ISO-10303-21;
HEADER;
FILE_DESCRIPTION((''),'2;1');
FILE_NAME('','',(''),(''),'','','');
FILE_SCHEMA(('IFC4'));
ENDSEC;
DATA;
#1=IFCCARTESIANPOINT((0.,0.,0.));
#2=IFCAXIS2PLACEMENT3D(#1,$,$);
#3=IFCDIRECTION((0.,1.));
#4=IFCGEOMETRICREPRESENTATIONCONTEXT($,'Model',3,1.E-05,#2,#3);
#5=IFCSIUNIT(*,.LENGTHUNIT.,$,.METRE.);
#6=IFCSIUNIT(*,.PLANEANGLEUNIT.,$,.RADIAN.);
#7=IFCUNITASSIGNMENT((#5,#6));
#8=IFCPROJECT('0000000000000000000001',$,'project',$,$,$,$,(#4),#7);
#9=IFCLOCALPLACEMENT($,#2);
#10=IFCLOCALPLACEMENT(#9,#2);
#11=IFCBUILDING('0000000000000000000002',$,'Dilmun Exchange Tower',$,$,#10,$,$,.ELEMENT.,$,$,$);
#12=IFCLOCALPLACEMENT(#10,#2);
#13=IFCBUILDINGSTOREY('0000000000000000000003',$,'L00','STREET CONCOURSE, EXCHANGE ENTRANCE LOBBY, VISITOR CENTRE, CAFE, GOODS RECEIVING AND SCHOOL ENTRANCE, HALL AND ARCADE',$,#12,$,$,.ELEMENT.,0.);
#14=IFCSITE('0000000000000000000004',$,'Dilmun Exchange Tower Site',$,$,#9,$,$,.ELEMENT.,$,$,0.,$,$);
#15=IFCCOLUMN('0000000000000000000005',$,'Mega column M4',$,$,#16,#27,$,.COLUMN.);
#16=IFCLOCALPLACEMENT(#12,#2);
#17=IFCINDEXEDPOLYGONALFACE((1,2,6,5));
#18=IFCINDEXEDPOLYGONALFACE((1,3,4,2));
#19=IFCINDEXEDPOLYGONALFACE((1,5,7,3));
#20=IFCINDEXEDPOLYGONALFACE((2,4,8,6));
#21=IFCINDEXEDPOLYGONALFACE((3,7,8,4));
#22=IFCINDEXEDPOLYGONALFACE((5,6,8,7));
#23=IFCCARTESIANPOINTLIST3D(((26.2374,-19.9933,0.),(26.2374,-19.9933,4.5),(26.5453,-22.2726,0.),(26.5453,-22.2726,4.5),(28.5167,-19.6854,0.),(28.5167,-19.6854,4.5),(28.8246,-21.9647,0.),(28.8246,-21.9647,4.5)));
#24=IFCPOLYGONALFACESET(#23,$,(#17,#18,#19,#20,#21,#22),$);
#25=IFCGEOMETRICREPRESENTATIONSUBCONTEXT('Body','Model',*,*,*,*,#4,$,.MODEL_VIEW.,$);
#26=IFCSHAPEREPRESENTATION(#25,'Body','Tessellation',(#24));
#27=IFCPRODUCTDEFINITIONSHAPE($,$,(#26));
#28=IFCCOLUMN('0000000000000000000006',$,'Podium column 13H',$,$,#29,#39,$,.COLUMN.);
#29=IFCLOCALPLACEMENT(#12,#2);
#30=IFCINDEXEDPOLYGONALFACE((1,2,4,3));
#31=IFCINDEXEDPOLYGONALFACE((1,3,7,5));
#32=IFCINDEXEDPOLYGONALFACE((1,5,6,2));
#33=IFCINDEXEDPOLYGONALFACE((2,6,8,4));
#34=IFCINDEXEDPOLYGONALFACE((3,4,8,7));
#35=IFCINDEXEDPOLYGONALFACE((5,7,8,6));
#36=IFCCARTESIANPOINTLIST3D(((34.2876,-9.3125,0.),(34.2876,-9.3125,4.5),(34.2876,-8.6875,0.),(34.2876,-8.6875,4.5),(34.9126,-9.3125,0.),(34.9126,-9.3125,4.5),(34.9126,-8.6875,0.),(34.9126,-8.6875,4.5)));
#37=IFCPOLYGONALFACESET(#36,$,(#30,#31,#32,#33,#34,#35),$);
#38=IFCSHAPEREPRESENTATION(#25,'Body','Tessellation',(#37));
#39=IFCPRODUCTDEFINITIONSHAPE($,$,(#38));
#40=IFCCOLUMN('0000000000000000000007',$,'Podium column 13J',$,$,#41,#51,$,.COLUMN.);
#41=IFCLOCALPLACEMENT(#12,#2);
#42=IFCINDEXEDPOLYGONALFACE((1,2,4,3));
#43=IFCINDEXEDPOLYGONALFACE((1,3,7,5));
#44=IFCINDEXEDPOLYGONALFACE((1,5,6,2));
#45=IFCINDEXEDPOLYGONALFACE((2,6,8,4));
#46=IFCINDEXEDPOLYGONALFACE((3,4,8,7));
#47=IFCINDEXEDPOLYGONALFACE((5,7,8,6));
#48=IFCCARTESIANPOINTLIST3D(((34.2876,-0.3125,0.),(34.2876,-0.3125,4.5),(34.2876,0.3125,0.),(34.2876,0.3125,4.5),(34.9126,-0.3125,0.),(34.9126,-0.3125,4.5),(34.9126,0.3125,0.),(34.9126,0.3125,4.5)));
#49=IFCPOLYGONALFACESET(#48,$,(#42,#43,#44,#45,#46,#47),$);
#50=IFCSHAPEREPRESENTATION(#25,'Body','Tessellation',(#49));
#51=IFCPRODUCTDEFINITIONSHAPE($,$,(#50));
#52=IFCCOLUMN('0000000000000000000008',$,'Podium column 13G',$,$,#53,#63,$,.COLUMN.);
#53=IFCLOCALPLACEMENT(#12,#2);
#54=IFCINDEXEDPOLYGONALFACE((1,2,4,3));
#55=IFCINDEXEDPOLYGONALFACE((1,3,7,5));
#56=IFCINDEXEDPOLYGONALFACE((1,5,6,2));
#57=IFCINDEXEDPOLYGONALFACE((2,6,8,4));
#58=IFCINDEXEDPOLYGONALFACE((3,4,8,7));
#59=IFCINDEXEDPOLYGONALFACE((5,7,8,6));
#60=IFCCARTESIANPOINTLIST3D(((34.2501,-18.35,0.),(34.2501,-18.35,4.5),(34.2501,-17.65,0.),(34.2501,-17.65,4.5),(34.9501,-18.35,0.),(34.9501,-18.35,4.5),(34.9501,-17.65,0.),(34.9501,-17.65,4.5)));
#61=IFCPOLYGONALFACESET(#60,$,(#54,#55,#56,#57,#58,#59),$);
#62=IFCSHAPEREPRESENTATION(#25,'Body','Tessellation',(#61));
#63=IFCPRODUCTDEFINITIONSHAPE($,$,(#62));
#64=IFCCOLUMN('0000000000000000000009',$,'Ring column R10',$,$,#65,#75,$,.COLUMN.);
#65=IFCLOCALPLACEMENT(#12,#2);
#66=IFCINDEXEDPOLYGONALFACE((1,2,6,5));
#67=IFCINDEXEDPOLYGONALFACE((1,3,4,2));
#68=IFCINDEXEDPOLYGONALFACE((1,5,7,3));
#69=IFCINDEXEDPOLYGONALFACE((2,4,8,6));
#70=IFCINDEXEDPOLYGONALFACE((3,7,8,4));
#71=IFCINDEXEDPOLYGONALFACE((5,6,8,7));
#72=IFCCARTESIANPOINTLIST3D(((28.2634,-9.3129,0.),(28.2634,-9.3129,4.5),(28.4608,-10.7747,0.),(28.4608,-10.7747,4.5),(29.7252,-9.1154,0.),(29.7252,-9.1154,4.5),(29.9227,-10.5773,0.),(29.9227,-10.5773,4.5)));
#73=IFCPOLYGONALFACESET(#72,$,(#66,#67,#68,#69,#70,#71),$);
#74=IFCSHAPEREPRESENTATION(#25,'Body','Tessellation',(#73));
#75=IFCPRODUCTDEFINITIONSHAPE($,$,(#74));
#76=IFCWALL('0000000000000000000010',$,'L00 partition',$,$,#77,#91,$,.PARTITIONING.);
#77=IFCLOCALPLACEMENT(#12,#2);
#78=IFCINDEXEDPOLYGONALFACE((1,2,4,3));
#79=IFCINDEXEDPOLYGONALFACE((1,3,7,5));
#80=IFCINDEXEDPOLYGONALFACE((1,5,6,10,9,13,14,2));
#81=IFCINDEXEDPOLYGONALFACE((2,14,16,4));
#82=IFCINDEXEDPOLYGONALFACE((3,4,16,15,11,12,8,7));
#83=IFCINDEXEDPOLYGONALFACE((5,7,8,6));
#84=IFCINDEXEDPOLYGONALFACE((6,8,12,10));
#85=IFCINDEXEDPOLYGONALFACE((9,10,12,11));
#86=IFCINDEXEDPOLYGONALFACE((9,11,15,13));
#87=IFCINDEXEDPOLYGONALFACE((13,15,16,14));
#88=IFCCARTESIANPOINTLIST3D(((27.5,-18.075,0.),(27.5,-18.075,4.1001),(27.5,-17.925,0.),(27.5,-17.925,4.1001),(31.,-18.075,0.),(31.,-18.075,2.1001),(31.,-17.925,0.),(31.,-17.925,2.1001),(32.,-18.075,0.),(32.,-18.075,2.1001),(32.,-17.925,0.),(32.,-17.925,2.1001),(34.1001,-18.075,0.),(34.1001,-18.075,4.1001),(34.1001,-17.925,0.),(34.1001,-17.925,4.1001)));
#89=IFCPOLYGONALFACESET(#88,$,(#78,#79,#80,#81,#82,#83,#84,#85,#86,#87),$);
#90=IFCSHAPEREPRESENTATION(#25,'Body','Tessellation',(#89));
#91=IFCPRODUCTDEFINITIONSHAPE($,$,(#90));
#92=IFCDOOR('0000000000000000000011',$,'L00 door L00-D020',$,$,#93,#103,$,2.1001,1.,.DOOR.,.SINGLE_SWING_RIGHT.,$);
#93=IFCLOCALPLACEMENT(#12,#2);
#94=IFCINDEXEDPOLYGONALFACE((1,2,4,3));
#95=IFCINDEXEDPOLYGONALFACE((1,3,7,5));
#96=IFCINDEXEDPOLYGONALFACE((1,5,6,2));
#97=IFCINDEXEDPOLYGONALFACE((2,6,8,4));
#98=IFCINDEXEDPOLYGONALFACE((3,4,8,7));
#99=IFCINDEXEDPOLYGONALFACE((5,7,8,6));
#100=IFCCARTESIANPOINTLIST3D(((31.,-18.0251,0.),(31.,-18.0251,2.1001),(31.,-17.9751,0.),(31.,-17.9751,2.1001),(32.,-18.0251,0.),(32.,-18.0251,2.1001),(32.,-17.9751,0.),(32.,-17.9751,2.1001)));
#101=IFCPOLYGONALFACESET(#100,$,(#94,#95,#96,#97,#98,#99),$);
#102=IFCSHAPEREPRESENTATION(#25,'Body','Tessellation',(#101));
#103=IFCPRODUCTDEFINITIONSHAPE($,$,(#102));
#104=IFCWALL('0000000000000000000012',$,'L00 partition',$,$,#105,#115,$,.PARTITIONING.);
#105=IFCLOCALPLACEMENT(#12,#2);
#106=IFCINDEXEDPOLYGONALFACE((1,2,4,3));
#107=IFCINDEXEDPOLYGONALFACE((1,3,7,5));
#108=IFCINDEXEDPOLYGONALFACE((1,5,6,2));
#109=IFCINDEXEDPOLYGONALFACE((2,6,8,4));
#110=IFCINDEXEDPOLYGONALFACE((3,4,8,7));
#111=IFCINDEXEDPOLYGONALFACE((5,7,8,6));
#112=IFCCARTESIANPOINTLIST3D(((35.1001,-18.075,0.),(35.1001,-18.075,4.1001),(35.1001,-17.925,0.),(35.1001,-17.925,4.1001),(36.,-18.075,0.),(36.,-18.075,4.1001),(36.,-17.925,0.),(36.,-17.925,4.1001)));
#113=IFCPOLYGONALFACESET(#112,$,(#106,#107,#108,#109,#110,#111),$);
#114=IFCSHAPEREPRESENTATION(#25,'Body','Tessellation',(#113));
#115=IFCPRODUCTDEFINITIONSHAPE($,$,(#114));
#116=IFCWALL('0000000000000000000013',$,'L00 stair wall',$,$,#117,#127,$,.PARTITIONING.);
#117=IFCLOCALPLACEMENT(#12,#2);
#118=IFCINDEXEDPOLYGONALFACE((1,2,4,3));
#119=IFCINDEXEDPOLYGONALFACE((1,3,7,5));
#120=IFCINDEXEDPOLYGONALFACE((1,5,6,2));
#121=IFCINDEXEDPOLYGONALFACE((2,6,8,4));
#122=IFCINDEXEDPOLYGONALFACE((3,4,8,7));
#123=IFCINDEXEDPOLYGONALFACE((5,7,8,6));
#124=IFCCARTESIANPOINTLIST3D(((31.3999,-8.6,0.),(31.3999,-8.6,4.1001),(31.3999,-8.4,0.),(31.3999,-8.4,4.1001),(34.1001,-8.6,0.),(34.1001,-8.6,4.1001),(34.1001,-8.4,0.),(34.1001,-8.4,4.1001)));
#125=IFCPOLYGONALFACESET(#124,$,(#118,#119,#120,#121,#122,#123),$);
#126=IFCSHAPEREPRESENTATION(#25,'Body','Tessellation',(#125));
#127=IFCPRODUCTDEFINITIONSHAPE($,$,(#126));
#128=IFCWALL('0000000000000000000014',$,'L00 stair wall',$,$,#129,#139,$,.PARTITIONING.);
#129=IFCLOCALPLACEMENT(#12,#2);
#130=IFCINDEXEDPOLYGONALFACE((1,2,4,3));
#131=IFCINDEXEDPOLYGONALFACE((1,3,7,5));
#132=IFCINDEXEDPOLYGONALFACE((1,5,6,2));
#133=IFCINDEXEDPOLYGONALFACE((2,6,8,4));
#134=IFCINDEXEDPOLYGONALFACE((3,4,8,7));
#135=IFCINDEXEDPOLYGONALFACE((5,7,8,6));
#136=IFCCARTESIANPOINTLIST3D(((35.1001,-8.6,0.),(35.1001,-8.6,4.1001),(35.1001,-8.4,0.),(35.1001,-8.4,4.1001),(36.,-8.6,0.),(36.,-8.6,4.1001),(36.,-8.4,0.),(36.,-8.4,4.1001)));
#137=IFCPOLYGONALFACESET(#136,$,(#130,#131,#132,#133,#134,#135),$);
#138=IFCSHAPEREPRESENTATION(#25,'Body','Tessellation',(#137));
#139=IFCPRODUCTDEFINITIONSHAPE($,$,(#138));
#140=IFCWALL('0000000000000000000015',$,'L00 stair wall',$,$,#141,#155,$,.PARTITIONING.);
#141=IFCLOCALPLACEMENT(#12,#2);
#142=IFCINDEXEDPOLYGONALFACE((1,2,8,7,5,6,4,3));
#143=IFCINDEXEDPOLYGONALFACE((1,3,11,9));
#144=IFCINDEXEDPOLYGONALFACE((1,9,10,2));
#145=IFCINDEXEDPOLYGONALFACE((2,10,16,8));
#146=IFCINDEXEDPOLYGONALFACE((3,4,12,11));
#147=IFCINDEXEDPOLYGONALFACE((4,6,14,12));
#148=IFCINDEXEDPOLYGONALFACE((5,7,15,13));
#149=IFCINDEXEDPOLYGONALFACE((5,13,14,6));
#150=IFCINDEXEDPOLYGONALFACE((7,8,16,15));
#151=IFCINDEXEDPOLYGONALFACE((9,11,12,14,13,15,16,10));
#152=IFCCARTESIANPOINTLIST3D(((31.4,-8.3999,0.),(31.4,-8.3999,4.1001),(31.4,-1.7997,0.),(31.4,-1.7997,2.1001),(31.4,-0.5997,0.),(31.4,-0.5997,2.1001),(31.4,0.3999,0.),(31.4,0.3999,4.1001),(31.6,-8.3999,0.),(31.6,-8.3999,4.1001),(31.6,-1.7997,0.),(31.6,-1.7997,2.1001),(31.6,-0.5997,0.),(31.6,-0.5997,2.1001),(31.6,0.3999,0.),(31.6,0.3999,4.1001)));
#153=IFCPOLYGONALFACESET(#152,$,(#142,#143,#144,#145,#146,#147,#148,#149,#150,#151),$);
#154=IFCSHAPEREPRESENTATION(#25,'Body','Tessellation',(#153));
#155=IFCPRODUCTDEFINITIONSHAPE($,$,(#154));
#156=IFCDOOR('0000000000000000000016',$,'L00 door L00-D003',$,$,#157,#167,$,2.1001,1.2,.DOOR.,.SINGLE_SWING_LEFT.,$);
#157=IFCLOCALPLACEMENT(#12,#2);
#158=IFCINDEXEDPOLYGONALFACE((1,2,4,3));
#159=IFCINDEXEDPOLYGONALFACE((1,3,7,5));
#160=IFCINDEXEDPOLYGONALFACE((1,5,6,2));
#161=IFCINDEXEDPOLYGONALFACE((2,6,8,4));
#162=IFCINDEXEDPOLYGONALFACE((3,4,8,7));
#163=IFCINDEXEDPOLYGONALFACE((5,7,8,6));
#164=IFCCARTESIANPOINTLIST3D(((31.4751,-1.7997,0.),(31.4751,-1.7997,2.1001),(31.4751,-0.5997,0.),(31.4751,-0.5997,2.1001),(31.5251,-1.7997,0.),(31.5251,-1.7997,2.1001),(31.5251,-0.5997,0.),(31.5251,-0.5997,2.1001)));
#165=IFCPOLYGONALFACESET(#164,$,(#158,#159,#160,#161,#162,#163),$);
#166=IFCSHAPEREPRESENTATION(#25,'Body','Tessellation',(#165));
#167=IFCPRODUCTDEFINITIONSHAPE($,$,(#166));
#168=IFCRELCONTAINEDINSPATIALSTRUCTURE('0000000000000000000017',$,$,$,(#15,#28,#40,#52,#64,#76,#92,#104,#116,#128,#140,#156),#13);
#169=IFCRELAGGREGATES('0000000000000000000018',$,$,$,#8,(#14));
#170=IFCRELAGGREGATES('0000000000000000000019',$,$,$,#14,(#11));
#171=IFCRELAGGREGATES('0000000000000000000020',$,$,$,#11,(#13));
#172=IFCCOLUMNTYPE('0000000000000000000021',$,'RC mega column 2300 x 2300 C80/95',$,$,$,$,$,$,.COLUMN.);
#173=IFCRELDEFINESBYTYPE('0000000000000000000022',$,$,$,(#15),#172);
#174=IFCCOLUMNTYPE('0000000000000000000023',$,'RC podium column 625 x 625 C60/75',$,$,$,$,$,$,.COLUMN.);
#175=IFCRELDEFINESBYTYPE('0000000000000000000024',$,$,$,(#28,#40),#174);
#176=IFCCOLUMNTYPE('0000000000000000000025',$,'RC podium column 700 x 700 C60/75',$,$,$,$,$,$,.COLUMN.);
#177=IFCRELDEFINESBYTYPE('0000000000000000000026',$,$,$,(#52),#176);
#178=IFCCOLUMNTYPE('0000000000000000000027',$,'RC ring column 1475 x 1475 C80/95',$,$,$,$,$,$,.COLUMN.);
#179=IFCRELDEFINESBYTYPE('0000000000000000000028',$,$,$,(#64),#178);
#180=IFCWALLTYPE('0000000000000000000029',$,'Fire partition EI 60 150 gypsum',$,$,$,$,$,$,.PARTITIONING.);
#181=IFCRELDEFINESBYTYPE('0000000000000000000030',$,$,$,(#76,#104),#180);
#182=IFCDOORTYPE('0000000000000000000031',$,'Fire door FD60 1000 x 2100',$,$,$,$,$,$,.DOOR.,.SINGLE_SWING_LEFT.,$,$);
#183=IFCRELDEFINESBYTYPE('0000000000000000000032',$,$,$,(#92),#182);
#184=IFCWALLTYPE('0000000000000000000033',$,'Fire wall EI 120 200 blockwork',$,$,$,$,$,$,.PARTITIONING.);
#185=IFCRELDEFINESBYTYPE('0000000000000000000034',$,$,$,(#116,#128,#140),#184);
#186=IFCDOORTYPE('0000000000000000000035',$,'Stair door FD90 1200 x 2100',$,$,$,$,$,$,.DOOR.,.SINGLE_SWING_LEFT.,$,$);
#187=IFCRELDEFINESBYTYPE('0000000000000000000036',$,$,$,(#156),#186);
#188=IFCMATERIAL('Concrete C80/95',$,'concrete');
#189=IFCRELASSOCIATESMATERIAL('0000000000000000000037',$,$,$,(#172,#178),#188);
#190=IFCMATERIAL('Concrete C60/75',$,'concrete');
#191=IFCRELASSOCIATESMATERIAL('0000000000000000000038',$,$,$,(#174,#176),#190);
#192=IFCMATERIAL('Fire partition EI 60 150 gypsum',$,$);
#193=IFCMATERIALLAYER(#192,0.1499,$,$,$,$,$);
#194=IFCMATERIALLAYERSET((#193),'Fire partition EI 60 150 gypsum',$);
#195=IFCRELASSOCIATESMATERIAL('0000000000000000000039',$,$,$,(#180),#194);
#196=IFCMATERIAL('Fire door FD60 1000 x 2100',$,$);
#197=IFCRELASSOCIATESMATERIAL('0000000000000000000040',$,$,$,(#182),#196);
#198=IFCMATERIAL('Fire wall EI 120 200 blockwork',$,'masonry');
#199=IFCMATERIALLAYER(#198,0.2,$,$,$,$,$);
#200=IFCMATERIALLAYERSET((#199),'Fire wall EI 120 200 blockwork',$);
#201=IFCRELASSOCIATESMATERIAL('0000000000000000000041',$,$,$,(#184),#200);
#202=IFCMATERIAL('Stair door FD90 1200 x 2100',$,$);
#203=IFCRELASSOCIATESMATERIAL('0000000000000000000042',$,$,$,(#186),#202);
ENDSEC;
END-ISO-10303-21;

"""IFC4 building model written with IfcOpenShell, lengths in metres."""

from ifc_helpers import new_model, si_unit, direction, frame, frame_2d, origin, origin_2d, place, context, subcontext, project, spatial, rectangle, extrude, material, layer, layer_set, material_profile, profile_set, type_object, element, fill, save


model = new_model("IFC4")

# Units and contexts
model_context = context("Model", 3, precision=1e-05, world=origin(), true_north=direction((0.0, 1.0)))
body_context = subcontext(model_context, "Body", "Model", "MODEL_VIEW")
ifc_project = project(units=[si_unit("LENGTHUNIT", "METRE"), si_unit("PLANEANGLEUNIT", "RADIAN")], contexts=[model_context])

# Site, building, storey
site_placement = place(None, origin())
site = spatial("IfcSite", under=ifc_project, at=site_placement, Name="Dilmun Exchange Tower Site", CompositionType="ELEMENT", RefElevation=0.0)
building_placement = place(site_placement, origin())
building = spatial("IfcBuilding", under=site, at=building_placement, Name="Dilmun Exchange Tower", CompositionType="ELEMENT")
storey_placement = place(building_placement, origin())
storey = spatial("IfcBuildingStorey", under=building, at=storey_placement, Name="L00", Description="STREET CONCOURSE, EXCHANGE ENTRANCE LOBBY, VISITOR CENTRE, CAFE, GOODS RECEIVING AND SCHOOL ENTRANCE, HALL AND ARCADE", CompositionType="ELEMENT", Elevation=0.0)

# Columns
ifc_material_1 = material(Name="Concrete C80/95", Category="concrete")
ifc_material_profile_1 = material_profile(ifc_material_1, rectangle(XDim=2.3, YDim=2.3, at=origin_2d()), Name="2300 x 2300")
ifc_profile_set_1 = profile_set([ifc_material_profile_1], Name="Concrete C80/95")
column_type_1 = type_object("IfcColumnType", Name="RC mega column 2300 x 2300 C80/95", PredefinedType="COLUMN", material=ifc_profile_set_1)
column_1_placement = place(storey_placement, frame((27.531, -20.979, 0.0), z_axis=(0.0, 0.0, 1.0), x_axis=(0.991001, 0.133853, 0.0)))
element("IfcColumn", 1, at=column_1_placement, inside=storey, type_object=column_type_1, Name="Mega column M4", PredefinedType="COLUMN", context=body_context, shape_type="SweptSolid", body=[
    extrude(rectangle(XDim=2.3, YDim=2.3, at=origin_2d()), origin(), (0.0, 0.0, 1.0), 4.5),
])
ifc_material_2 = material(Name="Concrete C60/75", Category="concrete")
ifc_material_profile_2 = material_profile(ifc_material_2, rectangle(XDim=0.625, YDim=0.625, at=origin_2d()), Name="625 x 625")
ifc_profile_set_2 = profile_set([ifc_material_profile_2], Name="Concrete C60/75")
column_type_2 = type_object("IfcColumnType", Name="RC podium column 625 x 625 C60/75", PredefinedType="COLUMN", material=ifc_profile_set_2)
for number, where, z_axis, x_axis, name in (
    (2, (34.6001, -9.0, 0.0), (0.0, 0.0, 1.0), (1.0, 0.0, 0.0), "Podium column 13H"),
    (3, (34.6001, 0.0, 0.0), (0.0, 0.0, 1.0), (1.0, 0.0, 0.0), "Podium column 13J"),
):
    element("IfcColumn", number, at=place(storey_placement, frame(where, z_axis=z_axis, x_axis=x_axis)), inside=storey, type_object=column_type_2, Name=name, PredefinedType="COLUMN", context=body_context, shape_type="SweptSolid", body=[
        extrude(rectangle(XDim=0.625, YDim=0.625, at=origin_2d()), origin(), (0.0, 0.0, 1.0), 4.5),
    ])
ifc_material_profile_3 = material_profile(ifc_material_2, rectangle(XDim=0.7, YDim=0.7, at=origin_2d()), Name="700 x 700")
ifc_profile_set_3 = profile_set([ifc_material_profile_3], Name="Concrete C60/75")
column_type_3 = type_object("IfcColumnType", Name="RC podium column 700 x 700 C60/75", PredefinedType="COLUMN", material=ifc_profile_set_3)
column_2_placement = place(storey_placement, frame((34.6001, -18.0, 0.0), z_axis=(0.0, 0.0, 1.0), x_axis=(1.0, 0.0, 0.0)))
element("IfcColumn", 4, at=column_2_placement, inside=storey, type_object=column_type_3, Name="Podium column 13G", PredefinedType="COLUMN", context=body_context, shape_type="SweptSolid", body=[
    extrude(rectangle(XDim=0.7, YDim=0.7, at=origin_2d()), origin(), (0.0, 0.0, 1.0), 4.5),
])
ifc_material_profile_4 = material_profile(ifc_material_1, rectangle(XDim=1.4751, YDim=1.4751, at=origin_2d()), Name="1475 x 1475")
ifc_profile_set_4 = profile_set([ifc_material_profile_4], Name="Concrete C80/95")
column_type_4 = type_object("IfcColumnType", Name="RC ring column 1475 x 1475 C80/95", PredefinedType="COLUMN", material=ifc_profile_set_4)
column_3_placement = place(storey_placement, frame((29.093, -9.9451, 0.0), z_axis=(0.0, 0.0, 1.0), x_axis=(0.991001, 0.133853, 0.0)))
element("IfcColumn", 5, at=column_3_placement, inside=storey, type_object=column_type_4, Name="Ring column R10", PredefinedType="COLUMN", context=body_context, shape_type="SweptSolid", body=[
    extrude(rectangle(XDim=1.4751, YDim=1.4751, at=origin_2d()), origin(), (0.0, 0.0, 1.0), 4.5),
])

# Wall, opening, door
ifc_material_3 = material(Name="Fire partition EI 60 150 gypsum")
ifc_layer_1 = layer(ifc_material_3, 0.1499)
ifc_layer_set_1 = layer_set([ifc_layer_1], Name="Fire partition EI 60 150 gypsum")
wall_type_1 = type_object("IfcWallType", Name="Fire partition EI 60 150 gypsum", PredefinedType="PARTITIONING", material=ifc_layer_set_1)
wall_1_placement = place(storey_placement, frame((27.5, -18.0, 0.0), z_axis=(0.0, 0.0, 1.0), x_axis=(1.0, 0.0, 0.0)))
wall_1 = element("IfcWall", 6, at=wall_1_placement, inside=storey, type_object=wall_type_1, Name="L00 partition", PredefinedType="PARTITIONING", context=body_context, shape_type="SweptSolid", body=[
    extrude(rectangle(XDim=6.6001, YDim=0.1499, at=frame_2d((3.3, 0.0))), origin(), (0.0, 0.0, 1.0), 4.1001),
])
opening_1_placement = place(wall_1_placement, frame((3.5, 0.0, 0.0)))
opening_1 = element("IfcOpeningElement", 7, at=opening_1_placement, cuts=wall_1, PredefinedType="OPENING", context=body_context, shape_type="SweptSolid", body=[
    extrude(rectangle(XDim=1.0, YDim=2.1001, at=frame_2d((0.5, 1.05))), frame((0.0, 0.085, 0.0), z_axis=(0.0, -1.0, 0.0), x_axis=(1.0, 0.0, 0.0)), (0.0, 0.0, 1.0), 0.1699),
])
ifc_material_4 = material(Name="Fire door FD60 1000 x 2100")
door_type_1 = type_object("IfcDoorType", Name="Fire door FD60 1000 x 2100", OperationType="SINGLE_SWING_LEFT", PredefinedType="DOOR", material=ifc_material_4)
door_1_placement = place(opening_1_placement, origin())
door_1 = element("IfcDoor", 8, at=door_1_placement, inside=storey, type_object=door_type_1, Name="L00 door L00-D020", OperationType="SINGLE_SWING_RIGHT", OverallHeight=2.1001, OverallWidth=1.0, PredefinedType="DOOR", context=body_context, shape_type="SweptSolid", body=[
    extrude(rectangle(XDim=1.0, YDim=2.1001, at=frame_2d((0.5, 1.05))), frame((0.0, 0.0249, 0.0), z_axis=(0.0, -1.0, 0.0), x_axis=(1.0, 0.0, 0.0)), (0.0, 0.0, 1.0), 0.05),
])
fill(opening_1, door_1)

# Walls
wall_2_placement = place(storey_placement, frame((35.1001, -18.0, 0.0), z_axis=(0.0, 0.0, 1.0), x_axis=(1.0, 0.0, 0.0)))
element("IfcWall", 9, at=wall_2_placement, inside=storey, type_object=wall_type_1, Name="L00 partition", PredefinedType="PARTITIONING", context=body_context, shape_type="SweptSolid", body=[
    extrude(rectangle(XDim=0.8999, YDim=0.1499, at=frame_2d((0.45, 0.0))), origin(), (0.0, 0.0, 1.0), 4.1001),
])
ifc_material_5 = material(Name="Fire wall EI 120 200 blockwork", Category="masonry")
ifc_layer_2 = layer(ifc_material_5, 0.2)
ifc_layer_set_2 = layer_set([ifc_layer_2], Name="Fire wall EI 120 200 blockwork")
wall_type_2 = type_object("IfcWallType", Name="Fire wall EI 120 200 blockwork", PredefinedType="PARTITIONING", material=ifc_layer_set_2)
wall_3_placement = place(storey_placement, frame((31.3999, -8.5, 0.0), z_axis=(0.0, 0.0, 1.0), x_axis=(1.0, 0.0, 0.0)))
element("IfcWall", 10, at=wall_3_placement, inside=storey, type_object=wall_type_2, Name="L00 stair wall", PredefinedType="PARTITIONING", context=body_context, shape_type="SweptSolid", body=[
    extrude(rectangle(XDim=2.7002, YDim=0.2, at=frame_2d((1.3501, 0.0))), origin(), (0.0, 0.0, 1.0), 4.1001),
])
wall_4_placement = place(storey_placement, frame((35.1001, -8.5, 0.0), z_axis=(0.0, 0.0, 1.0), x_axis=(1.0, 0.0, 0.0)))
element("IfcWall", 11, at=wall_4_placement, inside=storey, type_object=wall_type_2, Name="L00 stair wall", PredefinedType="PARTITIONING", context=body_context, shape_type="SweptSolid", body=[
    extrude(rectangle(XDim=0.8999, YDim=0.2, at=frame_2d((0.45, 0.0))), origin(), (0.0, 0.0, 1.0), 4.1001),
])

# Wall, opening, door
wall_5_placement = place(storey_placement, frame((31.5, -8.3999, 0.0), z_axis=(0.0, 0.0, 1.0), x_axis=(0.0, 1.0, 0.0)))
wall_5 = element("IfcWall", 12, at=wall_5_placement, inside=storey, type_object=wall_type_2, Name="L00 stair wall", PredefinedType="PARTITIONING", context=body_context, shape_type="SweptSolid", body=[
    extrude(rectangle(XDim=8.7998, YDim=0.2, at=frame_2d((4.3999, 0.0))), origin(), (0.0, 0.0, 1.0), 4.1001),
])
opening_2_placement = place(wall_5_placement, frame((6.6001, 0.0, 0.0)))
opening_2 = element("IfcOpeningElement", 13, at=opening_2_placement, cuts=wall_5, PredefinedType="OPENING", context=body_context, shape_type="SweptSolid", body=[
    extrude(rectangle(XDim=1.2, YDim=2.1001, at=frame_2d((0.6001, 1.05))), frame((0.0, 0.1099, 0.0), z_axis=(0.0, -1.0, 0.0), x_axis=(1.0, 0.0, 0.0)), (0.0, 0.0, 1.0), 0.22),
])
ifc_material_6 = material(Name="Stair door FD90 1200 x 2100")
door_type_2 = type_object("IfcDoorType", Name="Stair door FD90 1200 x 2100", OperationType="SINGLE_SWING_LEFT", PredefinedType="DOOR", material=ifc_material_6)
door_2_placement = place(opening_2_placement, origin())
door_2 = element("IfcDoor", 14, at=door_2_placement, inside=storey, type_object=door_type_2, Name="L00 door L00-D003", OperationType="SINGLE_SWING_LEFT", OverallHeight=2.1001, OverallWidth=1.2, PredefinedType="DOOR", context=body_context, shape_type="SweptSolid", body=[
    extrude(rectangle(XDim=1.2, YDim=2.1001, at=frame_2d((0.6001, 1.05))), frame((0.0, 0.0249, 0.0), z_axis=(0.0, -1.0, 0.0), x_axis=(1.0, 0.0, 0.0)), (0.0, 0.0, 1.0), 0.05),
])
fill(opening_2, door_2)

save(model, "model.ifc")
